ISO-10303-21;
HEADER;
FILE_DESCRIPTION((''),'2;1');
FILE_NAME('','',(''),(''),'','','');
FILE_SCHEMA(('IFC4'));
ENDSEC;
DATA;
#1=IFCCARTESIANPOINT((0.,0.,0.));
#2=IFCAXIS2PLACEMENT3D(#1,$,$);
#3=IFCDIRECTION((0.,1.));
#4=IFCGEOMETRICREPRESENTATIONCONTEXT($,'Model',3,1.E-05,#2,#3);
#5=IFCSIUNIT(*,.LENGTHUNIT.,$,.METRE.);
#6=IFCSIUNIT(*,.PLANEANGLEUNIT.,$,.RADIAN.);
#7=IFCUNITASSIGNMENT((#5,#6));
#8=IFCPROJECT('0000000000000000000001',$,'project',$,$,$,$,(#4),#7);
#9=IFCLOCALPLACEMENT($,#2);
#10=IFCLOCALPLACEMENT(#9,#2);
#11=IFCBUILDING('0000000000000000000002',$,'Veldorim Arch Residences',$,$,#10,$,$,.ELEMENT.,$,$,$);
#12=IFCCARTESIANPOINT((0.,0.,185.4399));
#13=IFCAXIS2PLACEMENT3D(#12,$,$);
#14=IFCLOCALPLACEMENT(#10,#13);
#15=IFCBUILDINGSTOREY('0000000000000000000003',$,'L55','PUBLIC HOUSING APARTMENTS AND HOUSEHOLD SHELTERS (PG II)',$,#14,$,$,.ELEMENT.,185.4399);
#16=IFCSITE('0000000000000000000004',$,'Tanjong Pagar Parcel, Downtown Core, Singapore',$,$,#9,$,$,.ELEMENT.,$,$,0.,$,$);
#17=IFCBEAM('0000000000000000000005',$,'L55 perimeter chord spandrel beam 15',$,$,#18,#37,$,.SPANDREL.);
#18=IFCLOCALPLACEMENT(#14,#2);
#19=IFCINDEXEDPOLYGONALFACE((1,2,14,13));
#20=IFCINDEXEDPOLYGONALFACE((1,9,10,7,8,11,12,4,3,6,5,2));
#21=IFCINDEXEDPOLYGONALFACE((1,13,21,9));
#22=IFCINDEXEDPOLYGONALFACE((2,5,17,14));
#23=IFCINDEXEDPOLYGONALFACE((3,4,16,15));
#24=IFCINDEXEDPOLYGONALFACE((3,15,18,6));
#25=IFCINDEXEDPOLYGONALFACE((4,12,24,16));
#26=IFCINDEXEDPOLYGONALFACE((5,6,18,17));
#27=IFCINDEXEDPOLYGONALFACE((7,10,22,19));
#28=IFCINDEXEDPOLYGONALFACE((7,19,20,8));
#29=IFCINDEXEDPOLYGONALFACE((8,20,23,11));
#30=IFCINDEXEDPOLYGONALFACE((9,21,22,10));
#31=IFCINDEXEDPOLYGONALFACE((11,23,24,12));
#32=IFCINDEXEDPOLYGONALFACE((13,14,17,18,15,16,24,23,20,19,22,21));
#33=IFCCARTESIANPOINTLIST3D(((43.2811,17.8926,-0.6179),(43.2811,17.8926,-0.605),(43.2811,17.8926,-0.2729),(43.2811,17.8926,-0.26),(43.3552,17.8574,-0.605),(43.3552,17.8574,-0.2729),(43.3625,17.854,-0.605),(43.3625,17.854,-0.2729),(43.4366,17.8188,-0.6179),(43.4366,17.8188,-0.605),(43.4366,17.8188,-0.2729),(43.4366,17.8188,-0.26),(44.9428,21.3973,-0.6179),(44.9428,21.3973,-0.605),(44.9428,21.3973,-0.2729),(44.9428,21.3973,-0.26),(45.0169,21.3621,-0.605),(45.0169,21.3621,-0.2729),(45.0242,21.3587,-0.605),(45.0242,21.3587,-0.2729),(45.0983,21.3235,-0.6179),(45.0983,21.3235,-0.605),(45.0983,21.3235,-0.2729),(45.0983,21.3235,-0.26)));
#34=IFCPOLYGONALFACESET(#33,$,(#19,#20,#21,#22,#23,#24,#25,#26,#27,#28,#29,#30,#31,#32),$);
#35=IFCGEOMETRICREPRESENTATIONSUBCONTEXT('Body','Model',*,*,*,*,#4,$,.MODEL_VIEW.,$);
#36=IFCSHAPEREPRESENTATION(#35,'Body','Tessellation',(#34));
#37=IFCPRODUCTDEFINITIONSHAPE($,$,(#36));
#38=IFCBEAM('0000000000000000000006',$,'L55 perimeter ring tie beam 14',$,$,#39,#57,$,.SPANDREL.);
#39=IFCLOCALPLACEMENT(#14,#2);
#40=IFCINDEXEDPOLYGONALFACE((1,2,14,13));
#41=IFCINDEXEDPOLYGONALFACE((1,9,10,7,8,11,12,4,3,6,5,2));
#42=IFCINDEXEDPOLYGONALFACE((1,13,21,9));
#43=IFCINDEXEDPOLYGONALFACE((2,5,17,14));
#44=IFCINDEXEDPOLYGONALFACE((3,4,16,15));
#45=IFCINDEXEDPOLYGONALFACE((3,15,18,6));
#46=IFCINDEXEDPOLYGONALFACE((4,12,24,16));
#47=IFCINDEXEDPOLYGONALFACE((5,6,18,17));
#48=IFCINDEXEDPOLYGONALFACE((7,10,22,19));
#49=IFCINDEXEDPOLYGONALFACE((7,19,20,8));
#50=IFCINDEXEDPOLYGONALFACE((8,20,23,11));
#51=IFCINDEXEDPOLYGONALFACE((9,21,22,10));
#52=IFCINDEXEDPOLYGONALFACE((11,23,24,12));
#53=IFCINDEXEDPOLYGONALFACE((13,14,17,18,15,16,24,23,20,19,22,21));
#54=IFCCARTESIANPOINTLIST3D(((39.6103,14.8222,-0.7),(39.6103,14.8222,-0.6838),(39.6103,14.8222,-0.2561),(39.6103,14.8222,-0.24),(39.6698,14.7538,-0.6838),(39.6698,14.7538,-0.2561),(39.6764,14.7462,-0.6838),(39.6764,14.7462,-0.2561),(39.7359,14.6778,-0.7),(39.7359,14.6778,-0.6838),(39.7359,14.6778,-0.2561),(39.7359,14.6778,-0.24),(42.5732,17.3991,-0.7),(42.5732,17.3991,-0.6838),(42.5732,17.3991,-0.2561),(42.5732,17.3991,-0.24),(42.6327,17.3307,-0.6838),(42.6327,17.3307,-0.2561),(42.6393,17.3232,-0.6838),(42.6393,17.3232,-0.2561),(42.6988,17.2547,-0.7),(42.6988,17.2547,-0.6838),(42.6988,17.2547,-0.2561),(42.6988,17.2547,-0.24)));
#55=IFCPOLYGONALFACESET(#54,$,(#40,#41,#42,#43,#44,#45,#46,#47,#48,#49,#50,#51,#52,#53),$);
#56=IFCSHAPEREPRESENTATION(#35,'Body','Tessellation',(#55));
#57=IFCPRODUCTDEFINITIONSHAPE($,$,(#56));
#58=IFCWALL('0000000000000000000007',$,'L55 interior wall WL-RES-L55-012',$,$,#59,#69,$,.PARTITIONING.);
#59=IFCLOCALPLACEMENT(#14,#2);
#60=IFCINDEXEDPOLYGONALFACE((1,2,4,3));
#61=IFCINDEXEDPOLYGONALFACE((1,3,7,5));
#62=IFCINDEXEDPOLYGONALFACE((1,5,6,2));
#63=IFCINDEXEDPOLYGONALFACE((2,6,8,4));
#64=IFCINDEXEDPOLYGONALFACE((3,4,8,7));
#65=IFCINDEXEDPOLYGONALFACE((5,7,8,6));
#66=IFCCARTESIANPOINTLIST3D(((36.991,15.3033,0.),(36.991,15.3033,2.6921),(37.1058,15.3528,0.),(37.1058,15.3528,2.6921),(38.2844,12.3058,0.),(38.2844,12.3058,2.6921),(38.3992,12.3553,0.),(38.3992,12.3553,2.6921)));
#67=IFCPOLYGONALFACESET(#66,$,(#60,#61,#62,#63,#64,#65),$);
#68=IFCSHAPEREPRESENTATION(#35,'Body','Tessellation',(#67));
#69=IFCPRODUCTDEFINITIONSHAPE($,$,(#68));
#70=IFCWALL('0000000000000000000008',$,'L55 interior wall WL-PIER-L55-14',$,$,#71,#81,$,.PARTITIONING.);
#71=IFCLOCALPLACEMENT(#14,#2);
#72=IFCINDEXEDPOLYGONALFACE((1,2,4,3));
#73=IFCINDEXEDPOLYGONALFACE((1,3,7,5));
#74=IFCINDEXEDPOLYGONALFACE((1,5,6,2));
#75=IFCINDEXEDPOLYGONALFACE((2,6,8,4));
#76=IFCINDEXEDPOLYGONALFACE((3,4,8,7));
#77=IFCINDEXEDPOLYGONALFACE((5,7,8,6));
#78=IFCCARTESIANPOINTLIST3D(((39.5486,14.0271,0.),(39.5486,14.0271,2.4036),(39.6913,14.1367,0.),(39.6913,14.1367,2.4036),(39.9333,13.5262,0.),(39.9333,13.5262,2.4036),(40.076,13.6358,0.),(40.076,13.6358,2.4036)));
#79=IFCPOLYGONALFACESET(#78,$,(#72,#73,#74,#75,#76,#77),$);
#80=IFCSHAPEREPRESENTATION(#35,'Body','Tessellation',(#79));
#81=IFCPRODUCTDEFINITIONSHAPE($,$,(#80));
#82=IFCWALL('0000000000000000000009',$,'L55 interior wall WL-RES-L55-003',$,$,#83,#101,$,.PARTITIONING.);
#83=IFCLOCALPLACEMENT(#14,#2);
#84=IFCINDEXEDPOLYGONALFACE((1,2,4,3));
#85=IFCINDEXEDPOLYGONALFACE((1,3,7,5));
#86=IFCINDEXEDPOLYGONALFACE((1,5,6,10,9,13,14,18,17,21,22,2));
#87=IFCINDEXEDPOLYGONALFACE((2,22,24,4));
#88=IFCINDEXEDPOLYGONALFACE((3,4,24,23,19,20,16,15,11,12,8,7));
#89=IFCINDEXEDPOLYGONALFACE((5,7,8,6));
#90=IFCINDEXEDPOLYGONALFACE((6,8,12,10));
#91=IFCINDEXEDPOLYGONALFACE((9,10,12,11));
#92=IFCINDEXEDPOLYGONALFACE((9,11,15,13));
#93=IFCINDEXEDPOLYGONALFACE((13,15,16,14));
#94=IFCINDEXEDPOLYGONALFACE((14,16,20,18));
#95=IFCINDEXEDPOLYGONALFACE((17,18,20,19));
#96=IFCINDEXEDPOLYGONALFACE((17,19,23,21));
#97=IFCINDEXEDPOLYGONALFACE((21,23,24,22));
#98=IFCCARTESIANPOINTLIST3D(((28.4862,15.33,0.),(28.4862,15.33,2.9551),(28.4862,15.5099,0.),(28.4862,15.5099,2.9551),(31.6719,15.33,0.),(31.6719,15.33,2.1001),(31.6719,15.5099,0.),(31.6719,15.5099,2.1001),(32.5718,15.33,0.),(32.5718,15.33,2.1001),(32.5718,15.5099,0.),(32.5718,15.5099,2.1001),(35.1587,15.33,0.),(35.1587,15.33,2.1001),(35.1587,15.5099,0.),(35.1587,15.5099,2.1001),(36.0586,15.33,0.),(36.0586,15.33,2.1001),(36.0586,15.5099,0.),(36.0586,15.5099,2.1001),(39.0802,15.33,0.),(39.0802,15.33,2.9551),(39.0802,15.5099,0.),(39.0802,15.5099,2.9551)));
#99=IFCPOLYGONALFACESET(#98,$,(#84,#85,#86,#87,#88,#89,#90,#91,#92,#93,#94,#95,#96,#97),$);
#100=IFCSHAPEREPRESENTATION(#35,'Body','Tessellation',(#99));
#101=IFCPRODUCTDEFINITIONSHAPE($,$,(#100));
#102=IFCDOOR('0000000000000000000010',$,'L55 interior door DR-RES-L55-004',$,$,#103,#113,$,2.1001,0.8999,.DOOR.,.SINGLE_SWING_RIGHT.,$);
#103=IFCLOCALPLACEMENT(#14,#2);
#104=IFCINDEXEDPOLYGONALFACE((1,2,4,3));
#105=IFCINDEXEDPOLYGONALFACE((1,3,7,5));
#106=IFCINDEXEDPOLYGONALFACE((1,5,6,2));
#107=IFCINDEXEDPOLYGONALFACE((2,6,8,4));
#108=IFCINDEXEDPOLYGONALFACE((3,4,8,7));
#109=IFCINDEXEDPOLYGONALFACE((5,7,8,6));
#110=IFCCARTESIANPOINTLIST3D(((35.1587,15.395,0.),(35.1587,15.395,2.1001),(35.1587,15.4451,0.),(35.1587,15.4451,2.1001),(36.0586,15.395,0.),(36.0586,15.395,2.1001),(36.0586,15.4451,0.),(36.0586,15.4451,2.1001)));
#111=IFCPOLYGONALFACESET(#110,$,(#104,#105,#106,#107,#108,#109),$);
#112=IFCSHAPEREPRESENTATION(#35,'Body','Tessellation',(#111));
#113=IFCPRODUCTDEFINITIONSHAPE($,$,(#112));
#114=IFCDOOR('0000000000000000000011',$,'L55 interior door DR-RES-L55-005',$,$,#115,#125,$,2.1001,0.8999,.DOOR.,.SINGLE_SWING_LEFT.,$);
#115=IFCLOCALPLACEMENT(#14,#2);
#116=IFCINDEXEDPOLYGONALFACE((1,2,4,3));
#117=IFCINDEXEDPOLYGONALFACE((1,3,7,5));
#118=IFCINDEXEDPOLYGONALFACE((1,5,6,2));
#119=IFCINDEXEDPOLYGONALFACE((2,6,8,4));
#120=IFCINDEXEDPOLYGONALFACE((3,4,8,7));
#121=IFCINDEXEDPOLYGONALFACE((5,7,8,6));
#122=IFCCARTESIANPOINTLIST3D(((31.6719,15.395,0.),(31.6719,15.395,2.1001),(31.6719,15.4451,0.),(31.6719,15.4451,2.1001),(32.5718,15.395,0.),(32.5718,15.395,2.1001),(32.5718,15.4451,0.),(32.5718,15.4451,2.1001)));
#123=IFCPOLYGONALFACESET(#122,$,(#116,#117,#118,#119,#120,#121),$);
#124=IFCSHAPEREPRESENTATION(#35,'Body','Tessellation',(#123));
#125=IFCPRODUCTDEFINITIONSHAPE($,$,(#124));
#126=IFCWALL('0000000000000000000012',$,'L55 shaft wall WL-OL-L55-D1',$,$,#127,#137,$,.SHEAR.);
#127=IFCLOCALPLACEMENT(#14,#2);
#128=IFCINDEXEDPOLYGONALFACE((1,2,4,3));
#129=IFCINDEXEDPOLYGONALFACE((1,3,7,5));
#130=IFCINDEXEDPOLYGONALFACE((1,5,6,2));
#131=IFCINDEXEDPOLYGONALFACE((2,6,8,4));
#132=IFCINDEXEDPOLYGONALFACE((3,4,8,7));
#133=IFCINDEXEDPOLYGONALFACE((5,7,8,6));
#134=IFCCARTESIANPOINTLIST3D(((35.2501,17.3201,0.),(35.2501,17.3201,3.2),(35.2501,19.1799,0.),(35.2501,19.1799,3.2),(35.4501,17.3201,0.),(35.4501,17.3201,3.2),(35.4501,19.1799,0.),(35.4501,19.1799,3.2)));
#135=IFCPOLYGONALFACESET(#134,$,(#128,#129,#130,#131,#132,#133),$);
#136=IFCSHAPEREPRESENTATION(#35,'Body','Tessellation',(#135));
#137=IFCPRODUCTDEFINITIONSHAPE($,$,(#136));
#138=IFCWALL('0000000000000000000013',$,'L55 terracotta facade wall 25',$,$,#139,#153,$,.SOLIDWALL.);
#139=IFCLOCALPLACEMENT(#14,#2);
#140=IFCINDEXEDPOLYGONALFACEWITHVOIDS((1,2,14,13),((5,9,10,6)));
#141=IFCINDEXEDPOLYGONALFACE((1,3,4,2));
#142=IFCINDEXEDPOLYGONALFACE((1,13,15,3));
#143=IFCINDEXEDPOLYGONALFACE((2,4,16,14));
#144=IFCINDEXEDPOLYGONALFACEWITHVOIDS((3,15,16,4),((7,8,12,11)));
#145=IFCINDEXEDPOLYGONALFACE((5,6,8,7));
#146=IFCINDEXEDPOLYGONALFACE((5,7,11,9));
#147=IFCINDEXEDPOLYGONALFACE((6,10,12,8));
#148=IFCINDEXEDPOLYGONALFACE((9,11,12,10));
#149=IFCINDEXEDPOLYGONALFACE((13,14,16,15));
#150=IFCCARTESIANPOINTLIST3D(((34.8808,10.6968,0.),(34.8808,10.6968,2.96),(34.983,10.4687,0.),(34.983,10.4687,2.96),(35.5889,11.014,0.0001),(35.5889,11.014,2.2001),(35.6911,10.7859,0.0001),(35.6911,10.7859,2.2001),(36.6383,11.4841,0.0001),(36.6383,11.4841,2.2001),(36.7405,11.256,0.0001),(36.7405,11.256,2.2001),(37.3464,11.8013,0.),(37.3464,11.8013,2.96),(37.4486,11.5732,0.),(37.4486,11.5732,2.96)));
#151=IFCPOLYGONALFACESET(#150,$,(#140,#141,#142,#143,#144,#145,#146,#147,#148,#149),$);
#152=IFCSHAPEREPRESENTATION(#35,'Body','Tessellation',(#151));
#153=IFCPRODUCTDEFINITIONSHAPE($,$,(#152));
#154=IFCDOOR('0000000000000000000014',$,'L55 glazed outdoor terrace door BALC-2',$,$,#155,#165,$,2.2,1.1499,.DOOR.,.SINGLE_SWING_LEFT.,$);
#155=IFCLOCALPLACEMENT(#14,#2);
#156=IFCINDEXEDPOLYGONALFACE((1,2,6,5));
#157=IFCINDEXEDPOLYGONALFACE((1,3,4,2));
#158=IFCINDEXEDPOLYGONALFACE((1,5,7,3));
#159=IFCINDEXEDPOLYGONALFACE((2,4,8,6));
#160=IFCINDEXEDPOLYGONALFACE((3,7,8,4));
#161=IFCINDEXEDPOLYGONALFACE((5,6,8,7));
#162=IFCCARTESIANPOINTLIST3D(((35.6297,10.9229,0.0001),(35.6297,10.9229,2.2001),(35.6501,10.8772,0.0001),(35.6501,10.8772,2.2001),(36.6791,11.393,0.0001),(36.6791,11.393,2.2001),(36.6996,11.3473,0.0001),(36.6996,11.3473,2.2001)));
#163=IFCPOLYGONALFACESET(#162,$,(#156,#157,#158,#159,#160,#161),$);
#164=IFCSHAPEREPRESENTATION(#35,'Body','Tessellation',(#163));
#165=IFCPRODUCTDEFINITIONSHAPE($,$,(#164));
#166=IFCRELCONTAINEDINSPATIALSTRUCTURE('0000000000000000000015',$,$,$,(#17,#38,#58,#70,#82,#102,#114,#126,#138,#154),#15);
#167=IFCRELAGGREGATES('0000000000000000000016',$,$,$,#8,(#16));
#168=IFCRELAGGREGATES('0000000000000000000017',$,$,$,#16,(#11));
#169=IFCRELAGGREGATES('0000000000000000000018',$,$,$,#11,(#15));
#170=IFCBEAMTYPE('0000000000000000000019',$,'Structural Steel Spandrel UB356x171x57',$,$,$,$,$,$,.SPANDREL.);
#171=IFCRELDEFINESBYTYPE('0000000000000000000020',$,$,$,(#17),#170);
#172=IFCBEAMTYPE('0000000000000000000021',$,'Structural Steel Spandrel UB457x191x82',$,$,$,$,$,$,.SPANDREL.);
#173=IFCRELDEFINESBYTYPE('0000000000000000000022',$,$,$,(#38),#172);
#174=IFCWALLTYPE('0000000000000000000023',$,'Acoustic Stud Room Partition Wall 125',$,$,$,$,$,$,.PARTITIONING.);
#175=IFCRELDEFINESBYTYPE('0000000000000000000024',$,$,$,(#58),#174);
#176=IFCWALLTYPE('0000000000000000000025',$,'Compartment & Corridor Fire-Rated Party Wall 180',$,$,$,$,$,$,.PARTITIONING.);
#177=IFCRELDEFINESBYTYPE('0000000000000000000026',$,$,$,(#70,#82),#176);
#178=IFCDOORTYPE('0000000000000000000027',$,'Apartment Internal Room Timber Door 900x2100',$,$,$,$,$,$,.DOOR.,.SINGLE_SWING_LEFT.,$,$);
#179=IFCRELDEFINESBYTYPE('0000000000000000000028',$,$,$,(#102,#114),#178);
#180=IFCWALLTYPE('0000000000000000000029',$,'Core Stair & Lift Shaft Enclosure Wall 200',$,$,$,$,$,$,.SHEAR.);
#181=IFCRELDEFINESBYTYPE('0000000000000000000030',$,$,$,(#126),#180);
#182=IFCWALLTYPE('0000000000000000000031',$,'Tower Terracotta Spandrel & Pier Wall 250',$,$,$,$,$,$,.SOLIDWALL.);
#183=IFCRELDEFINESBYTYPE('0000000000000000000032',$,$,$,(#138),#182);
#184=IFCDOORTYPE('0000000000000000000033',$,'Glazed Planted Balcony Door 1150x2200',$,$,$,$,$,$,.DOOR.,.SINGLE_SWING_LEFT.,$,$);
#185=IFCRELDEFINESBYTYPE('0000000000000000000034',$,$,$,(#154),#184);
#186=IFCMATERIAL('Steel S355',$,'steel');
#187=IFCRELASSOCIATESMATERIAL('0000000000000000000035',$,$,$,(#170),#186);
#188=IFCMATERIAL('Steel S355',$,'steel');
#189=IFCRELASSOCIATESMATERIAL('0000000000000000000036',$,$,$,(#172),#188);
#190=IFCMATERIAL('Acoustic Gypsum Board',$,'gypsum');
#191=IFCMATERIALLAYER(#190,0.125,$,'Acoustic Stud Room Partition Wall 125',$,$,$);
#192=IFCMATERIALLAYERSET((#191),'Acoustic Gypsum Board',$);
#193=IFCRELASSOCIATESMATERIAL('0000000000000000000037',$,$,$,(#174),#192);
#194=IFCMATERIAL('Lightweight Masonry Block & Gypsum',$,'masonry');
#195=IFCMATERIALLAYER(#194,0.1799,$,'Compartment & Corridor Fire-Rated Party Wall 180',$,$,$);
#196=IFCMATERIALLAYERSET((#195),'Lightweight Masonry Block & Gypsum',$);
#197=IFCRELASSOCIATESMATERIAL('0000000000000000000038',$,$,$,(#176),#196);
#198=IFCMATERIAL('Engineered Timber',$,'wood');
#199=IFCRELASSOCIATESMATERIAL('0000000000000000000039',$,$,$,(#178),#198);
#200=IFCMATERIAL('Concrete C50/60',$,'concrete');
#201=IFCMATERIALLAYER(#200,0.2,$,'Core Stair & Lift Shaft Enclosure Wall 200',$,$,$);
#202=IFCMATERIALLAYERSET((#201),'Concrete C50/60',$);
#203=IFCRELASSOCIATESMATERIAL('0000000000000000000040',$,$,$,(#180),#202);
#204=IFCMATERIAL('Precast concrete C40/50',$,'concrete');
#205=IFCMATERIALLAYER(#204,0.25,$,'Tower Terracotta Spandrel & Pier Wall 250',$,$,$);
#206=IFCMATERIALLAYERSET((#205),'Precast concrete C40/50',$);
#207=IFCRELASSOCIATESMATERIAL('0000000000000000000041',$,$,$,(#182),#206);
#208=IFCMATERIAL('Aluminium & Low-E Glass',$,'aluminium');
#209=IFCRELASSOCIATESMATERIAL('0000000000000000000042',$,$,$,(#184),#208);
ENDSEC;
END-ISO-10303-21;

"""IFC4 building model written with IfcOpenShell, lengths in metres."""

from ifc_helpers import new_model, si_unit, direction, frame, frame_2d, origin, origin_2d, place, context, subcontext, project, spatial, rectangle, i_section, extrude, material, layer, layer_set, material_profile, profile_set, type_object, element, fill, save


model = new_model("IFC4")

# Units and contexts
model_context = context("Model", 3, precision=1e-05, world=origin(), true_north=direction((0.0, 1.0)))
body_context = subcontext(model_context, "Body", "Model", "MODEL_VIEW")
ifc_project = project(units=[si_unit("LENGTHUNIT", "METRE"), si_unit("PLANEANGLEUNIT", "RADIAN")], contexts=[model_context])

# Site, building, storey
site_placement = place(None, origin())
site = spatial("IfcSite", under=ifc_project, at=site_placement, Name="Tanjong Pagar Parcel, Downtown Core, Singapore", CompositionType="ELEMENT", RefElevation=0.0)
building_placement = place(site_placement, origin())
building = spatial("IfcBuilding", under=site, at=building_placement, Name="Veldorim Arch Residences", CompositionType="ELEMENT")
storey_placement = place(building_placement, frame((0.0, 0.0, 185.4399)))
storey = spatial("IfcBuildingStorey", under=building, at=storey_placement, Name="L55", Description="PUBLIC HOUSING APARTMENTS AND HOUSEHOLD SHELTERS (PG II)", CompositionType="ELEMENT", Elevation=185.4399)

# Beams
ifc_material_1 = material(Name="Steel S355", Category="steel")
ifc_material_profile_1 = material_profile(ifc_material_1, i_section(OverallWidth=0.1721, OverallDepth=0.3579, WebThickness=0.0081, FlangeThickness=0.0129, at=origin_2d()), Name="UB356x171x57")
ifc_profile_set_1 = profile_set([ifc_material_profile_1], Name="Steel S355")
beam_type_1 = type_object("IfcBeamType", Name="Structural Steel Spandrel UB356x171x57", PredefinedType="SPANDREL", material=ifc_profile_set_1)
beam_1_placement = place(storey_placement, frame((43.3589, 17.8557, -0.439), z_axis=(0.428408, 0.903585, 0.0), x_axis=(-0.903585, 0.428408, 0.0)))
element("IfcBeam", 1, at=beam_1_placement, inside=storey, type_object=beam_type_1, Name="L55 perimeter chord spandrel beam 15", PredefinedType="SPANDREL", context=body_context, shape_type="SweptSolid", body=[
    extrude(i_section(OverallWidth=0.1721, OverallDepth=0.3579, WebThickness=0.0081, FlangeThickness=0.0129, at=origin_2d()), origin(), (0.0, 0.0, 1.0), 3.8787),
])
ifc_material_2 = material(Name="Steel S355", Category="steel")
ifc_material_profile_2 = material_profile(ifc_material_2, i_section(OverallWidth=0.1914, OverallDepth=0.46, WebThickness=0.01, FlangeThickness=0.0161, at=origin_2d()), Name="UB457x191x82")
ifc_profile_set_2 = profile_set([ifc_material_profile_2], Name="Steel S355")
beam_type_2 = type_object("IfcBeamType", Name="Structural Steel Spandrel UB457x191x82", PredefinedType="SPANDREL", material=ifc_profile_set_2)
beam_2_placement = place(storey_placement, frame((39.6731, 14.75, -0.47), z_axis=(0.754545, 0.656248, 0.0), x_axis=(-0.656248, 0.754545, 0.0)))
element("IfcBeam", 2, at=beam_2_placement, inside=storey, type_object=beam_type_2, Name="L55 perimeter ring tie beam 14", PredefinedType="SPANDREL", context=body_context, shape_type="SweptSolid", body=[
    extrude(i_section(OverallWidth=0.1914, OverallDepth=0.46, WebThickness=0.01, FlangeThickness=0.0161, at=origin_2d()), origin(), (0.0, 0.0, 1.0), 3.9268),
])

# Walls
ifc_material_3 = material(Name="Acoustic Gypsum Board", Category="gypsum")
ifc_layer_1 = layer(ifc_material_3, 0.125, Name="Acoustic Stud Room Partition Wall 125")
ifc_layer_set_1 = layer_set([ifc_layer_1], Name="Acoustic Gypsum Board")
wall_type_1 = type_object("IfcWallType", Name="Acoustic Stud Room Partition Wall 125", PredefinedType="PARTITIONING", material=ifc_layer_set_1)
wall_1_placement = place(storey_placement, frame((38.3418, 12.3306, 0.0), z_axis=(0.0, 0.0, 1.0), x_axis=(-0.396192, 0.918167, 0.0)))
element("IfcWall", 3, at=wall_1_placement, inside=storey, type_object=wall_type_1, Name="L55 interior wall WL-RES-L55-012", PredefinedType="PARTITIONING", context=body_context, shape_type="SweptSolid", body=[
    extrude(rectangle(XDim=3.2646, YDim=0.125, at=frame_2d((1.6323, 0.0))), origin(), (0.0, 0.0, 1.0), 2.6921),
])
ifc_material_4 = material(Name="Lightweight Masonry Block & Gypsum", Category="masonry")
ifc_layer_2 = layer(ifc_material_4, 0.1799, Name="Compartment & Corridor Fire-Rated Party Wall 180")
ifc_layer_set_2 = layer_set([ifc_layer_2], Name="Lightweight Masonry Block & Gypsum")
wall_type_2 = type_object("IfcWallType", Name="Compartment & Corridor Fire-Rated Party Wall 180", PredefinedType="PARTITIONING", material=ifc_layer_set_2)
wall_2_placement = place(storey_placement, frame((39.6199, 14.082, 0.0), z_axis=(0.0, 0.0, 1.0), x_axis=(0.609113, -0.793084, 0.0)))
element("IfcWall", 4, at=wall_2_placement, inside=storey, type_object=wall_type_2, Name="L55 interior wall WL-PIER-L55-14", PredefinedType="PARTITIONING", context=body_context, shape_type="SweptSolid", body=[
    extrude(rectangle(XDim=0.6316, YDim=0.1799, at=frame_2d((0.3159, 0.0))), origin(), (0.0, 0.0, 1.0), 2.4036),
])

# Wall, openings, doors
wall_3_placement = place(storey_placement, frame((39.0801, 15.4199, 0.0), z_axis=(0.0, 0.0, 1.0), x_axis=(-1.0, 0.0, 0.0)))
wall_3 = element("IfcWall", 5, at=wall_3_placement, inside=storey, type_object=wall_type_2, Name="L55 interior wall WL-RES-L55-003", PredefinedType="PARTITIONING", context=body_context, shape_type="SweptSolid", body=[
    extrude(rectangle(XDim=10.594, YDim=0.1799, at=frame_2d((5.2969, 0.0))), origin(), (0.0, 0.0, 1.0), 2.9551),
])
opening_1_placement = place(wall_3_placement, frame((3.0215, 0.0, 0.0)))
opening_1 = element("IfcOpeningElement", 6, at=opening_1_placement, cuts=wall_3, PredefinedType="OPENING", context=body_context, shape_type="SweptSolid", body=[
    extrude(rectangle(XDim=0.8999, YDim=2.1001, at=frame_2d((0.45, 1.05))), frame((0.0, 0.0999, 0.0), z_axis=(0.0, -1.0, 0.0), x_axis=(1.0, 0.0, 0.0)), (0.0, 0.0, 1.0), 0.2),
])
opening_2_placement = place(wall_3_placement, frame((6.5083, 0.0, 0.0)))
opening_2 = element("IfcOpeningElement", 7, at=opening_2_placement, cuts=wall_3, PredefinedType="OPENING", context=body_context, shape_type="SweptSolid", body=[
    extrude(rectangle(XDim=0.8999, YDim=2.1001, at=frame_2d((0.45, 1.05))), frame((0.0, 0.0999, 0.0), z_axis=(0.0, -1.0, 0.0), x_axis=(1.0, 0.0, 0.0)), (0.0, 0.0, 1.0), 0.2),
])
ifc_material_5 = material(Name="Engineered Timber", Category="wood")
door_type_1 = type_object("IfcDoorType", Name="Apartment Internal Room Timber Door 900x2100", OperationType="SINGLE_SWING_LEFT", PredefinedType="DOOR", material=ifc_material_5)
door_1_placement = place(opening_1_placement, origin())
door_1 = element("IfcDoor", 8, at=door_1_placement, inside=storey, type_object=door_type_1, Name="L55 interior door DR-RES-L55-004", OperationType="SINGLE_SWING_RIGHT", OverallHeight=2.1001, OverallWidth=0.8999, PredefinedType="DOOR", context=body_context, shape_type="SweptSolid", body=[
    extrude(rectangle(XDim=0.8999, YDim=2.1001, at=frame_2d((0.45, 1.05))), frame((0.0, 0.0249, 0.0), z_axis=(0.0, -1.0, 0.0), x_axis=(1.0, 0.0, 0.0)), (0.0, 0.0, 1.0), 0.05),
])
fill(opening_1, door_1)
door_2_placement = place(opening_2_placement, origin())
door_2 = element("IfcDoor", 9, at=door_2_placement, inside=storey, type_object=door_type_1, Name="L55 interior door DR-RES-L55-005", OperationType="SINGLE_SWING_LEFT", OverallHeight=2.1001, OverallWidth=0.8999, PredefinedType="DOOR", context=body_context, shape_type="SweptSolid", body=[
    extrude(rectangle(XDim=0.8999, YDim=2.1001, at=frame_2d((0.45, 1.05))), frame((0.0, 0.0249, 0.0), z_axis=(0.0, -1.0, 0.0), x_axis=(1.0, 0.0, 0.0)), (0.0, 0.0, 1.0), 0.05),
])
fill(opening_2, door_2)

# Wall
ifc_material_6 = material(Name="Concrete C50/60", Category="concrete")
ifc_layer_3 = layer(ifc_material_6, 0.2, Name="Core Stair & Lift Shaft Enclosure Wall 200")
ifc_layer_set_3 = layer_set([ifc_layer_3], Name="Concrete C50/60")
wall_type_3 = type_object("IfcWallType", Name="Core Stair & Lift Shaft Enclosure Wall 200", PredefinedType="SHEAR", material=ifc_layer_set_3)
wall_4_placement = place(storey_placement, frame((35.3501, 17.3201, 0.0), z_axis=(0.0, 0.0, 1.0), x_axis=(0.0, 1.0, 0.0)))
element("IfcWall", 10, at=wall_4_placement, inside=storey, type_object=wall_type_3, Name="L55 shaft wall WL-OL-L55-D1", PredefinedType="SHEAR", context=body_context, shape_type="SweptSolid", body=[
    extrude(rectangle(XDim=1.8599, YDim=0.2, at=frame_2d((0.9299, 0.0))), origin(), (0.0, 0.0, 1.0), 3.2),
])

# Wall, opening, door
ifc_material_7 = material(Name="Precast concrete C40/50", Category="concrete")
ifc_layer_4 = layer(ifc_material_7, 0.25, Name="Tower Terracotta Spandrel & Pier Wall 250")
ifc_layer_set_4 = layer_set([ifc_layer_4], Name="Precast concrete C40/50")
wall_type_4 = type_object("IfcWallType", Name="Tower Terracotta Spandrel & Pier Wall 250", PredefinedType="SOLIDWALL", material=ifc_layer_set_4)
wall_5_placement = place(storey_placement, frame((37.3975, 11.6873, 0.0), z_axis=(0.0, 0.0, 1.0), x_axis=(-0.912615, -0.40882, 0.0)))
wall_5 = element("IfcWall", 11, at=wall_5_placement, inside=storey, type_object=wall_type_4, Name="L55 terracotta facade wall 25", PredefinedType="SOLIDWALL", context=body_context, shape_type="SweptSolid", body=[
    extrude(rectangle(XDim=2.7017, YDim=0.25, at=frame_2d((1.3508, 0.0))), origin(), (0.0, 0.0, 1.0), 2.96),
])
opening_3_placement = place(wall_5_placement, frame((0.7759, 0.0, 0.0)))
opening_3 = element("IfcOpeningElement", 12, at=opening_3_placement, cuts=wall_5, PredefinedType="OPENING", context=body_context, shape_type="SweptSolid", body=[
    extrude(rectangle(XDim=1.1499, YDim=2.2, at=frame_2d((0.575, 1.1001))), frame((0.0, 0.135, 0.0), z_axis=(0.0, -1.0, 0.0), x_axis=(1.0, 0.0, 0.0)), (0.0, 0.0, 1.0), 0.27),
])
ifc_material_8 = material(Name="Aluminium & Low-E Glass", Category="aluminium")
door_type_2 = type_object("IfcDoorType", Name="Glazed Planted Balcony Door 1150x2200", OperationType="SINGLE_SWING_LEFT", PredefinedType="DOOR", material=ifc_material_8)
door_3_placement = place(opening_3_placement, origin())
door_3 = element("IfcDoor", 13, at=door_3_placement, inside=storey, type_object=door_type_2, Name="L55 glazed outdoor terrace door BALC-2", OperationType="SINGLE_SWING_LEFT", OverallHeight=2.2, OverallWidth=1.1499, PredefinedType="DOOR", context=body_context, shape_type="SweptSolid", body=[
    extrude(rectangle(XDim=1.1499, YDim=2.2, at=frame_2d((0.575, 1.1001))), frame((0.0, 0.0249, 0.0), z_axis=(0.0, -1.0, 0.0), x_axis=(1.0, 0.0, 0.0)), (0.0, 0.0, 1.0), 0.05),
])
fill(opening_3, door_3)

save(model, "model.ifc")
